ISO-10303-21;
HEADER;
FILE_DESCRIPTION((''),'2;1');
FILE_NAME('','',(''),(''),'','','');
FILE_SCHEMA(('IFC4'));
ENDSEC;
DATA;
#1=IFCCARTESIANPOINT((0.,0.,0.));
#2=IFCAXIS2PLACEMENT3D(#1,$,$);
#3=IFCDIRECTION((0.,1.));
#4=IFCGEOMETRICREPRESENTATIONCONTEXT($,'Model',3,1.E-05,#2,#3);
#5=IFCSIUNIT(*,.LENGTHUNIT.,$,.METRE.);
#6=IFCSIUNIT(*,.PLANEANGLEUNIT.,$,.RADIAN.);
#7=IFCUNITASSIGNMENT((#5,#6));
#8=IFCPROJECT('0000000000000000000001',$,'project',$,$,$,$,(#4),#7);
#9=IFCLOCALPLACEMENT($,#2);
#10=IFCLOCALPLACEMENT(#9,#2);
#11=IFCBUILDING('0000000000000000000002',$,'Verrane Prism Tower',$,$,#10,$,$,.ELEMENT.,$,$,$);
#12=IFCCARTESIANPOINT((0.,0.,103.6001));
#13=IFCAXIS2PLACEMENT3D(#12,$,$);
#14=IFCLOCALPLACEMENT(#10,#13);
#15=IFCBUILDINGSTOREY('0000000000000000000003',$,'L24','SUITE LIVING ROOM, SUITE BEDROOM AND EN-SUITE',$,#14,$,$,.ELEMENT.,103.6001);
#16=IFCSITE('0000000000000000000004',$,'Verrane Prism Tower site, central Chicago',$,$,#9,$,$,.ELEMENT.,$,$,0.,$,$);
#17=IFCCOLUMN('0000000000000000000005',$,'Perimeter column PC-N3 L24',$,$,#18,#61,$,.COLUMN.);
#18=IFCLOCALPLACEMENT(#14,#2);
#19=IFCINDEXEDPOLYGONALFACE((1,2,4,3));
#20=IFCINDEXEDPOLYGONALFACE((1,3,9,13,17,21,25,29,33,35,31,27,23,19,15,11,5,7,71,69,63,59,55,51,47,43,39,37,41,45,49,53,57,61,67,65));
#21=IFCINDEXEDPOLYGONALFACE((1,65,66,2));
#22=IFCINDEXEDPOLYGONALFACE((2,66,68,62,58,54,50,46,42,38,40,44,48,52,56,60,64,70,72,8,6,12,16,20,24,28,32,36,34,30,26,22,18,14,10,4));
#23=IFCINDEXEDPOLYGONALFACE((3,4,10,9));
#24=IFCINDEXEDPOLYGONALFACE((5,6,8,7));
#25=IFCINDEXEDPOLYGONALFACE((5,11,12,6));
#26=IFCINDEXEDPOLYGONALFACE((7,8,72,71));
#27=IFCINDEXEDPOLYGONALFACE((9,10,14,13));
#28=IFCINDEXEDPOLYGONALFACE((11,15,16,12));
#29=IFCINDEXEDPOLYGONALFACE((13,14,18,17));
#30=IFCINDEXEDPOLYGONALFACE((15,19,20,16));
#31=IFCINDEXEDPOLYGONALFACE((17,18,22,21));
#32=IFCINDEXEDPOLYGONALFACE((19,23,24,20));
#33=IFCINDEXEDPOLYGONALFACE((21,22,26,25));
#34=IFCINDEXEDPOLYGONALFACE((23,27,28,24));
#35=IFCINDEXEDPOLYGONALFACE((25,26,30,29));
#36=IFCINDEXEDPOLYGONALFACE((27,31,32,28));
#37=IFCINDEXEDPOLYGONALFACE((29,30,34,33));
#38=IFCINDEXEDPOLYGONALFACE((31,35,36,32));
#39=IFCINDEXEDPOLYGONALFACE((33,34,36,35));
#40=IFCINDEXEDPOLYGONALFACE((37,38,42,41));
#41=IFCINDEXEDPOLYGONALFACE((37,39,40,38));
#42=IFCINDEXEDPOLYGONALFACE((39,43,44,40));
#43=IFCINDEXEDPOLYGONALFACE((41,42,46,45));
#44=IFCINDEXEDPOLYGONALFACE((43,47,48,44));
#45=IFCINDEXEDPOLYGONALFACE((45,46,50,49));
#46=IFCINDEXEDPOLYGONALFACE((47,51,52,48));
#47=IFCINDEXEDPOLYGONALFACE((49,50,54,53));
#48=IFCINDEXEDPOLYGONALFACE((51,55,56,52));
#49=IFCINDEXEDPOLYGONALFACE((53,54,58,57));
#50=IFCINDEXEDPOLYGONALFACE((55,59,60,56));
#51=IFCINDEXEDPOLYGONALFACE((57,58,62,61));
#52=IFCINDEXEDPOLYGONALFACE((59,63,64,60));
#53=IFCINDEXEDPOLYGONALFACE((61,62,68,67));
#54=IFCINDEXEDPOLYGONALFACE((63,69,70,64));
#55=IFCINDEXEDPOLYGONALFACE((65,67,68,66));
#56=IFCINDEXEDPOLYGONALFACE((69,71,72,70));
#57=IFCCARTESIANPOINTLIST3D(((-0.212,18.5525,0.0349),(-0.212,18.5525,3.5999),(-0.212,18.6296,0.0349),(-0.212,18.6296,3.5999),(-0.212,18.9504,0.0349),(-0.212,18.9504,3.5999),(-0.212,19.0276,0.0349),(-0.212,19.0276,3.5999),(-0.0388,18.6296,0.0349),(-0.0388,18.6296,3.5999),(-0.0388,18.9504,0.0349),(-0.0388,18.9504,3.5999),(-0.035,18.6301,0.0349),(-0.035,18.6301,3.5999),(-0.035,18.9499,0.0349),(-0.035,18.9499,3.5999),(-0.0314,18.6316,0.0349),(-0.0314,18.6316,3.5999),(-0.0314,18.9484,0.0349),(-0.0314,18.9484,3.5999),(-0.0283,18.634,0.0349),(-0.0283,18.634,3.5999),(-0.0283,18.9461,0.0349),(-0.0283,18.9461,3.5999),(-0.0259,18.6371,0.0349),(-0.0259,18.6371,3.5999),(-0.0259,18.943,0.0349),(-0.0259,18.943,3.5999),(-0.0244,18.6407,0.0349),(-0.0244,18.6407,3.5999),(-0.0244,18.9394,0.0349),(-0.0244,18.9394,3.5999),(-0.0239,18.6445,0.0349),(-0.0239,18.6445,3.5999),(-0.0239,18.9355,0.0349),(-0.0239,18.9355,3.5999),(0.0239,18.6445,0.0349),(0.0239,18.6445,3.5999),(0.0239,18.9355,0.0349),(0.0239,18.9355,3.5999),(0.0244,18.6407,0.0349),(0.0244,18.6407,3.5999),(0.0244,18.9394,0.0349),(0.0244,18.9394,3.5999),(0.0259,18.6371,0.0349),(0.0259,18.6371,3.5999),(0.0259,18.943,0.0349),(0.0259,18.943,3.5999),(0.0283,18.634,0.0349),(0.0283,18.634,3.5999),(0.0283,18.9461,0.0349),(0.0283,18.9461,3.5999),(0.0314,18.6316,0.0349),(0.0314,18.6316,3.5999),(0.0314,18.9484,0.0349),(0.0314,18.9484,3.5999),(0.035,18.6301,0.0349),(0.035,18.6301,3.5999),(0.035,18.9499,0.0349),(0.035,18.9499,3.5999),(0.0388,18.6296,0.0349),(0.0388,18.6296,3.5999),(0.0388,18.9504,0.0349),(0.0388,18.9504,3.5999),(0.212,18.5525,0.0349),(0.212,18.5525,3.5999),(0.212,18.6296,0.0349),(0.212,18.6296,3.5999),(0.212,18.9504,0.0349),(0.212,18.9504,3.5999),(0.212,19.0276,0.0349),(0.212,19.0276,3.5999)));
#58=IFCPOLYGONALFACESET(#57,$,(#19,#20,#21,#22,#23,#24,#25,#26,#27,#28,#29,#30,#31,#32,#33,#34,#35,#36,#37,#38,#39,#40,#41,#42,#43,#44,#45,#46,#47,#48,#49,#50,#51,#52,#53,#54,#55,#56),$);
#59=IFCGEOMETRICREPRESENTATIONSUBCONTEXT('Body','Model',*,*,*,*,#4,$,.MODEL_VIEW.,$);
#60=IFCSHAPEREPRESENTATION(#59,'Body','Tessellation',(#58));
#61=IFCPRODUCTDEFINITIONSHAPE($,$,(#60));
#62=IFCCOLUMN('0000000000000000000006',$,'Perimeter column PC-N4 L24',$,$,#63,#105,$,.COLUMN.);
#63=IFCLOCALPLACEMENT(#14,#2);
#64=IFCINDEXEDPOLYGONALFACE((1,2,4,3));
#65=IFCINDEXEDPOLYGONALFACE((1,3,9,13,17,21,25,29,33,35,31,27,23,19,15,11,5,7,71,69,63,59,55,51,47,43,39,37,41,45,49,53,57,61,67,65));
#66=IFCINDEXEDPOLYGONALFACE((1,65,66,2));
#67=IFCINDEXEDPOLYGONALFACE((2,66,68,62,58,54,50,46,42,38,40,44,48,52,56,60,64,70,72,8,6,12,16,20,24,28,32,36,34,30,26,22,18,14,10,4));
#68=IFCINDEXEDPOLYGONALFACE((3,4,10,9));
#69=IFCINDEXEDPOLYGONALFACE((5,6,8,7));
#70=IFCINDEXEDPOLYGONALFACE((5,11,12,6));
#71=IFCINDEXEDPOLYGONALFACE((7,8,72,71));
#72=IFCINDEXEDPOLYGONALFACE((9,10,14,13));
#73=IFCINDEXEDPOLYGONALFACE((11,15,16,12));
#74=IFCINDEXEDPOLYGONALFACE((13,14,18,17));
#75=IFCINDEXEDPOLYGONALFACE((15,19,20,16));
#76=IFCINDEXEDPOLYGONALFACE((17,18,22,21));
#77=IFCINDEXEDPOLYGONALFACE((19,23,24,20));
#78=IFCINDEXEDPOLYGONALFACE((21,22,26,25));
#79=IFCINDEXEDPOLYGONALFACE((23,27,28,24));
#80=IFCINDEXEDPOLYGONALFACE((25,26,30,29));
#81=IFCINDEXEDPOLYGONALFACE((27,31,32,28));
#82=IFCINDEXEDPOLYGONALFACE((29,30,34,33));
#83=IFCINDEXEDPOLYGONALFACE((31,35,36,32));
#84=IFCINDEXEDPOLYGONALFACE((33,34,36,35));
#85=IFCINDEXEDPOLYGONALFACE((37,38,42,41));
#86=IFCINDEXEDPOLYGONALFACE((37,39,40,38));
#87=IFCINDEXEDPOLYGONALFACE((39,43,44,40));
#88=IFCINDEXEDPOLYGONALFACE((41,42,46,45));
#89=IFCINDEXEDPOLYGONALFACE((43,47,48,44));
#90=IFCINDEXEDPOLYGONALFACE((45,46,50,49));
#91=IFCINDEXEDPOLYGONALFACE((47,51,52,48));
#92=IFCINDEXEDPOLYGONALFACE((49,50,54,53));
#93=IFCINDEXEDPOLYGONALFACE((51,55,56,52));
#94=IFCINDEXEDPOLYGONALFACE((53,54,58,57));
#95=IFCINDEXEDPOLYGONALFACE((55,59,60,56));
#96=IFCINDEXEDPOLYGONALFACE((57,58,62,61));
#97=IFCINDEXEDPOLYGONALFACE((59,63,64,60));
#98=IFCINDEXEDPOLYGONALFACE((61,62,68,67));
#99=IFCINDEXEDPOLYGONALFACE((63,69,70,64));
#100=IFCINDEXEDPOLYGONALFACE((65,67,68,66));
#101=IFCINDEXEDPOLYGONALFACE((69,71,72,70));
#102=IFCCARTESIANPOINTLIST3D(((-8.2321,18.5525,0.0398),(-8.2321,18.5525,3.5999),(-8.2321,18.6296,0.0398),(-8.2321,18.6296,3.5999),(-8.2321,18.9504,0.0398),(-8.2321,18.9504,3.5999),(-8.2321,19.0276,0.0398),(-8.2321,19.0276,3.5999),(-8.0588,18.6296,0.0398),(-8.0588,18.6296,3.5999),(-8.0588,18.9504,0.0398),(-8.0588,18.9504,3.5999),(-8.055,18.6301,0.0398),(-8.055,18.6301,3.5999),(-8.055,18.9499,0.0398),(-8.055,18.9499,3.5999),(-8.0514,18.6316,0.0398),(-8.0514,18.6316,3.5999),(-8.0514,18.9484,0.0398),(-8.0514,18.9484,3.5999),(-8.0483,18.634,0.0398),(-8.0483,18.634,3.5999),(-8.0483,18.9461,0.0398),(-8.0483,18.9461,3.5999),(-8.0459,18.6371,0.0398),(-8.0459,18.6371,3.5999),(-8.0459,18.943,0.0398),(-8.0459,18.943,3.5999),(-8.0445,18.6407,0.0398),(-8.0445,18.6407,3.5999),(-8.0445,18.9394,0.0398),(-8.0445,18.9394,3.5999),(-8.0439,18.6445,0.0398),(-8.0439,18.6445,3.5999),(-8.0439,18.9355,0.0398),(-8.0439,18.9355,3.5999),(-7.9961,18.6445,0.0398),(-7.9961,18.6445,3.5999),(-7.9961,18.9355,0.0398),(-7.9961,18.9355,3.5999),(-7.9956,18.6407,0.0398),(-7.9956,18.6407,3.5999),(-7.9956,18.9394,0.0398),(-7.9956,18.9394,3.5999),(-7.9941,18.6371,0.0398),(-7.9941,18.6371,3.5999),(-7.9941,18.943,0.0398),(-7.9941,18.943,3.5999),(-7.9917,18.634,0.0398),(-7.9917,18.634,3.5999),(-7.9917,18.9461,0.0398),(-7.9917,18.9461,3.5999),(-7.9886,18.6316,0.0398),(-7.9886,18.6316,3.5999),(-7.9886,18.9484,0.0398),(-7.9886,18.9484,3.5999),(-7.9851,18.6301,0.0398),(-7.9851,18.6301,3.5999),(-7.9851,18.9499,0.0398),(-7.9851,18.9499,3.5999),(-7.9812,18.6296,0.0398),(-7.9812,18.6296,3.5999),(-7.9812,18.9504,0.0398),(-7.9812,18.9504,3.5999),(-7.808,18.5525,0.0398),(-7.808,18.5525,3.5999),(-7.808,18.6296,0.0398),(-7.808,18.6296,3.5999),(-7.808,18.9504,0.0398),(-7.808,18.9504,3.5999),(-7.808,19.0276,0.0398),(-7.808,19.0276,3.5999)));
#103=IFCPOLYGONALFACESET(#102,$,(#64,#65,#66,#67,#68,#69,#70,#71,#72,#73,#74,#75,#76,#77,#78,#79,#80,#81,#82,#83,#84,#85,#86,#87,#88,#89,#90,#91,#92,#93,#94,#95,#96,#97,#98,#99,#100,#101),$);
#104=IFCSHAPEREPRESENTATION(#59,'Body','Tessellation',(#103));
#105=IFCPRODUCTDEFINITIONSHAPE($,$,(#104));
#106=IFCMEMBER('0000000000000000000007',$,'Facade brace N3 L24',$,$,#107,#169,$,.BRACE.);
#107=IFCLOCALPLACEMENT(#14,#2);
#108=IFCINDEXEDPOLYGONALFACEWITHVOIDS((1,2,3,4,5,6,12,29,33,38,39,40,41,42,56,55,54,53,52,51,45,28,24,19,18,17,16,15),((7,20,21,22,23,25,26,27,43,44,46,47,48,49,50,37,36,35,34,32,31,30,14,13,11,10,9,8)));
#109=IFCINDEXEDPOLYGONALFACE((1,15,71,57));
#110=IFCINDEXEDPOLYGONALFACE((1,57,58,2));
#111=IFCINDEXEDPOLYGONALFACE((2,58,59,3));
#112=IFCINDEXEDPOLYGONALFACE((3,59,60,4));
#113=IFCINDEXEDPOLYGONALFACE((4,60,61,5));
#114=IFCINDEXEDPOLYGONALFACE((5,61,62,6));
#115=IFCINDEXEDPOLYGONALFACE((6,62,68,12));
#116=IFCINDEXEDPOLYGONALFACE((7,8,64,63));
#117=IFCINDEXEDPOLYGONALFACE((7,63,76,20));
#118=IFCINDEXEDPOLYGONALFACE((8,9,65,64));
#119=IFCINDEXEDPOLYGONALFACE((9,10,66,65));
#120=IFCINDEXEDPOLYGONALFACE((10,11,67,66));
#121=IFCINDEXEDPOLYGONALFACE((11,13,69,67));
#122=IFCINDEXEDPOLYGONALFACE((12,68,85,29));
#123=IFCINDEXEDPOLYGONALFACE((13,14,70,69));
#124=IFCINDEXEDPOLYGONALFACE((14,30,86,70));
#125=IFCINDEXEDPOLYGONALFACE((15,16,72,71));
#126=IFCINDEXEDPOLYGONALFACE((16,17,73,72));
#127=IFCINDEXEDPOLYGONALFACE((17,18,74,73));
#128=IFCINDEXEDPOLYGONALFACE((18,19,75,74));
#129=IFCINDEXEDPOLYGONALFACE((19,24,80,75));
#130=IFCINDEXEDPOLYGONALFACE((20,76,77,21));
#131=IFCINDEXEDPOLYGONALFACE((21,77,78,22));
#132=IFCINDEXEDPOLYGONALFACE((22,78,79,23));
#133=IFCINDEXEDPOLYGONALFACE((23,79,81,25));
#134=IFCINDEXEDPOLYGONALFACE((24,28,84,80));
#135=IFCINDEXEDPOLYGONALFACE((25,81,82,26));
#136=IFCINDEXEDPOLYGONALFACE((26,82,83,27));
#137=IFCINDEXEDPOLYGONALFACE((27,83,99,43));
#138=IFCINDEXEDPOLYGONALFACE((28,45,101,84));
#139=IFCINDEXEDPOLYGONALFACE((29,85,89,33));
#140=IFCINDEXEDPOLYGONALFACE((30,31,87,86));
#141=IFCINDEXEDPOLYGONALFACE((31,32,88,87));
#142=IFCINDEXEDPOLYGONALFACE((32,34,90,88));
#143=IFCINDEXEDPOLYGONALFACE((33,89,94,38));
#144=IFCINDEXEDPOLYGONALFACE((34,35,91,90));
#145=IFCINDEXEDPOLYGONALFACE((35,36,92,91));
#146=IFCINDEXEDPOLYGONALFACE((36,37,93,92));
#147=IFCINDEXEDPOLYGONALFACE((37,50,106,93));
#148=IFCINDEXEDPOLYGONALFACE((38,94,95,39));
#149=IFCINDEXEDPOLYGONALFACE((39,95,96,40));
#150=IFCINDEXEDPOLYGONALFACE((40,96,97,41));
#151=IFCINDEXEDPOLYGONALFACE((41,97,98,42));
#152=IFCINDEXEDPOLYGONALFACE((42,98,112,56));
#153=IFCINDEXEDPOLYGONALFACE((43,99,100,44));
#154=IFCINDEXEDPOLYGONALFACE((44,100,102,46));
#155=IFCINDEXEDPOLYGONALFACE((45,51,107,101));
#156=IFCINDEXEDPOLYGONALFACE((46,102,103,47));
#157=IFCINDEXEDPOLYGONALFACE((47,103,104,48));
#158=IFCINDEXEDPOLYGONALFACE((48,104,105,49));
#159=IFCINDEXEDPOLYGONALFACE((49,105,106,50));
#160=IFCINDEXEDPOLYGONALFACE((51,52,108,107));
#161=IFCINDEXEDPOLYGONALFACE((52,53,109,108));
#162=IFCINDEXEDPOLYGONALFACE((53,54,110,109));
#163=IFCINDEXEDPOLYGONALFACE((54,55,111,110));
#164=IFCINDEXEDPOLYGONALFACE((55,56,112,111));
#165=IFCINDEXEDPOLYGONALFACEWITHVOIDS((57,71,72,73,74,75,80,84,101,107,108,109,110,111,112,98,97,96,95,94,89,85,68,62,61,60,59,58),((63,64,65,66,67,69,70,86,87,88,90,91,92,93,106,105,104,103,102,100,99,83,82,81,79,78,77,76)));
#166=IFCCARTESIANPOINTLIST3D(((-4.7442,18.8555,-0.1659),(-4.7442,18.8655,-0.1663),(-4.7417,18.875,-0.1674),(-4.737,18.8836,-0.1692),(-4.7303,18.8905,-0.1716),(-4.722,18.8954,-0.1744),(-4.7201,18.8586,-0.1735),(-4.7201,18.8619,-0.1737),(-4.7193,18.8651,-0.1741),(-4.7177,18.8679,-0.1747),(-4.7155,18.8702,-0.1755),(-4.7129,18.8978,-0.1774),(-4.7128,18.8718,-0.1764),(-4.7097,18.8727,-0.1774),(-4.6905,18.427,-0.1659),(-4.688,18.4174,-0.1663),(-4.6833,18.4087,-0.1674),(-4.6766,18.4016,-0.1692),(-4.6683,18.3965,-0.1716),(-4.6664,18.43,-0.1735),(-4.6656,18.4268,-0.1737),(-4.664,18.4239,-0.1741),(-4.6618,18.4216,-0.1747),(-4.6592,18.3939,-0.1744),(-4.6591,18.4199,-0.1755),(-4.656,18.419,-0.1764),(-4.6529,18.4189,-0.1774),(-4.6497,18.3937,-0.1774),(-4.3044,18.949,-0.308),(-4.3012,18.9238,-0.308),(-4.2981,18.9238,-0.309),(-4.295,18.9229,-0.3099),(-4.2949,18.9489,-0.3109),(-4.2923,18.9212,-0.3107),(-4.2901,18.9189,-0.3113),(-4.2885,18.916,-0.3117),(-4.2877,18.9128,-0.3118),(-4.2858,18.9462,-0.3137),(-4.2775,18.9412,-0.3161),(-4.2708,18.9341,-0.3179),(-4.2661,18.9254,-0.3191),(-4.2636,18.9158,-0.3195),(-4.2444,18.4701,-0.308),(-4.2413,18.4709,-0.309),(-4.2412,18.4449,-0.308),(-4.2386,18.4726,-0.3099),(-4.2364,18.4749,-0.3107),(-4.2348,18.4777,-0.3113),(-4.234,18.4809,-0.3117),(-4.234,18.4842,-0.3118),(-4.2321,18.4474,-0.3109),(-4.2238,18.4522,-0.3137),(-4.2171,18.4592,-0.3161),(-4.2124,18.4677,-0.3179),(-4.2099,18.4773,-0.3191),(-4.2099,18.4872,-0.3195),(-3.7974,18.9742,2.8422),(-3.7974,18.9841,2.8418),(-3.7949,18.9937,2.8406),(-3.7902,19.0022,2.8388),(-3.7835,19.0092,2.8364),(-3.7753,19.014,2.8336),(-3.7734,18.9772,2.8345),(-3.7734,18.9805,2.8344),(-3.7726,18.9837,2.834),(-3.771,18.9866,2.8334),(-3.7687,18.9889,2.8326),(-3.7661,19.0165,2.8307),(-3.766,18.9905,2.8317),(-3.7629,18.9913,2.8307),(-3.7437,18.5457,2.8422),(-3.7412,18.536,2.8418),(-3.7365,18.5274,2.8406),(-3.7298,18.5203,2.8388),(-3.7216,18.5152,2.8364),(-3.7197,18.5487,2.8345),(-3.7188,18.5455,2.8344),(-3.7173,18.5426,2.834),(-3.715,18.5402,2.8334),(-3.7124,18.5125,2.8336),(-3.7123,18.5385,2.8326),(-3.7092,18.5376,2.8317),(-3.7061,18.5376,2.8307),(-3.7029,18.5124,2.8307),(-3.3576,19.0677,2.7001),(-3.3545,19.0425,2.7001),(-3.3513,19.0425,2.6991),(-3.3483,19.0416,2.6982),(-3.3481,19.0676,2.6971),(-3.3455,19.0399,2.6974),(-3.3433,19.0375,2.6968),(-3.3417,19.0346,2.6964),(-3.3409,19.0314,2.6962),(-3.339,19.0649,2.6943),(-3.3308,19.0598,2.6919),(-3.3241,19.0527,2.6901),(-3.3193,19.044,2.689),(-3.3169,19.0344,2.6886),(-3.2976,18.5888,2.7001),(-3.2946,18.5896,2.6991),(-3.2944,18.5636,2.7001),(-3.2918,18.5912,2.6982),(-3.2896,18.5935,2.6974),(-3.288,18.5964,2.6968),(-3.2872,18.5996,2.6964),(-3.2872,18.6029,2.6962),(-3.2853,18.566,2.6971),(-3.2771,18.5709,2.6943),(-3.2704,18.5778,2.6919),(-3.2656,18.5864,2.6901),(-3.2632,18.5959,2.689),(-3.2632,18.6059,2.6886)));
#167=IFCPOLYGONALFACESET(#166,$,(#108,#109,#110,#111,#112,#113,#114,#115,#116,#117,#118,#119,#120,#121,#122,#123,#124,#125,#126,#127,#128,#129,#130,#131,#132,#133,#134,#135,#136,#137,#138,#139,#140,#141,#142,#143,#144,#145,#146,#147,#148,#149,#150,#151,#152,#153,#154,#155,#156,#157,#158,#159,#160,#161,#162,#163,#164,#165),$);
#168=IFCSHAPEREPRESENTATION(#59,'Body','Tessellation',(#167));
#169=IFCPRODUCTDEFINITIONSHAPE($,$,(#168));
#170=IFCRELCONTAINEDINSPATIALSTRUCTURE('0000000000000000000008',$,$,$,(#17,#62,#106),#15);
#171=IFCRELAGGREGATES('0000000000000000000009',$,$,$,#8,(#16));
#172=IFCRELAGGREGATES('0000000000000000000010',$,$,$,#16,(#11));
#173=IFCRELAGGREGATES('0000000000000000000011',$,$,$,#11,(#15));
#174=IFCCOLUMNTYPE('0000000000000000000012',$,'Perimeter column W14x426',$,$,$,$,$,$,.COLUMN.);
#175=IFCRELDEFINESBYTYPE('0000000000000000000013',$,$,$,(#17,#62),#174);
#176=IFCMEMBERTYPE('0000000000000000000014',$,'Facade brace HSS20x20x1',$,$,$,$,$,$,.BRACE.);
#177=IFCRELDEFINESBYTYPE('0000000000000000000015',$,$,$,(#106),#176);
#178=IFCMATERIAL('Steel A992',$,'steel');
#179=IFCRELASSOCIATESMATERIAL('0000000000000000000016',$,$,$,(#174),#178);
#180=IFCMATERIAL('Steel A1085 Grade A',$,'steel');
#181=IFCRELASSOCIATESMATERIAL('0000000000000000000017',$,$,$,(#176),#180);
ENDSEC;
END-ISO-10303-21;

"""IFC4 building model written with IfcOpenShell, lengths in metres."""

from ifc_helpers import new_model, si_unit, direction, frame, origin, origin_2d, place, context, subcontext, project, spatial, hollow_rectangle, i_section, extrude, material, material_profile, profile_set, type_object, element, save


model = new_model("IFC4")

# Units and contexts
model_context = context("Model", 3, precision=1e-05, world=origin(), true_north=direction((0.0, 1.0)))
body_context = subcontext(model_context, "Body", "Model", "MODEL_VIEW")
ifc_project = project(units=[si_unit("LENGTHUNIT", "METRE"), si_unit("PLANEANGLEUNIT", "RADIAN")], contexts=[model_context])

# Site, building, storey
site_placement = place(None, origin())
site = spatial("IfcSite", under=ifc_project, at=site_placement, Name="Verrane Prism Tower site, central Chicago", CompositionType="ELEMENT", RefElevation=0.0)
building_placement = place(site_placement, origin())
building = spatial("IfcBuilding", under=site, at=building_placement, Name="Verrane Prism Tower", CompositionType="ELEMENT")
storey_placement = place(building_placement, frame((0.0, 0.0, 103.6001)))
storey = spatial("IfcBuildingStorey", under=building, at=storey_placement, Name="L24", Description="SUITE LIVING ROOM, SUITE BEDROOM AND EN-SUITE", CompositionType="ELEMENT", Elevation=103.6001)

# Columns
ifc_material_1 = material(Name="Steel A992", Category="steel")
ifc_material_profile_1 = material_profile(ifc_material_1, i_section(OverallWidth=0.4241, OverallDepth=0.4751, WebThickness=0.0479, FlangeThickness=0.0771, FilletRadius=0.0149, at=origin_2d()), Name="W14x426")
ifc_profile_set_1 = profile_set([ifc_material_profile_1], Name="Steel A992")
column_type = type_object("IfcColumnType", Name="Perimeter column W14x426", PredefinedType="COLUMN", material=ifc_profile_set_1)
column_1_placement = place(storey_placement, frame((0.0, 18.79, 0.0349), z_axis=(0.0, 0.0, 1.0), x_axis=(1.0, 0.0, 0.0)))
element("IfcColumn", 1, at=column_1_placement, inside=storey, type_object=column_type, Name="Perimeter column PC-N3 L24", PredefinedType="COLUMN", context=body_context, shape_type="SweptSolid", body=[
    extrude(i_section(OverallWidth=0.4241, OverallDepth=0.4751, WebThickness=0.0479, FlangeThickness=0.0771, FilletRadius=0.0149, at=origin_2d()), origin(), (0.0, 0.0, 1.0), 3.5649),
])
column_2_placement = place(storey_placement, frame((-8.02, 18.79, 0.0398), z_axis=(0.0, 0.0, 1.0), x_axis=(1.0, 0.0, 0.0)))
element("IfcColumn", 2, at=column_2_placement, inside=storey, type_object=column_type, Name="Perimeter column PC-N4 L24", PredefinedType="COLUMN", context=body_context, shape_type="SweptSolid", body=[
    extrude(i_section(OverallWidth=0.4241, OverallDepth=0.4751, WebThickness=0.0479, FlangeThickness=0.0771, FilletRadius=0.0149, at=origin_2d()), origin(), (0.0, 0.0, 1.0), 3.5601),
])

# Member
ifc_material_2 = material(Name="Steel A1085 Grade A", Category="steel")
ifc_material_profile_2 = material_profile(ifc_material_2, hollow_rectangle(XDim=0.5081, YDim=0.5081, WallThickness=0.0254, InnerFilletRadius=0.0127, OuterFilletRadius=0.0381, at=origin_2d()), Name="HSS20x20x1")
ifc_profile_set_2 = profile_set([ifc_material_profile_2], Name="Steel A1085 Grade A")
member_type_1 = type_object("IfcMemberType", Name="Facade brace HSS20x20x1", PredefinedType="BRACE", material=ifc_profile_set_2)
member_1_placement = place(storey_placement, frame((-4.4771, 18.6714, -0.2427), z_axis=(0.300015, 0.037599, 0.953193), x_axis=(-0.12435, 0.992238, 0.0)))
element("IfcMember", 3, at=member_1_placement, inside=storey, type_object=member_type_1, Name="Facade brace N3 L24", PredefinedType="BRACE", context=body_context, shape_type="SweptSolid", body=[
    extrude(hollow_rectangle(XDim=0.5081, YDim=0.5081, WallThickness=0.0254, InnerFilletRadius=0.0127, OuterFilletRadius=0.0381, at=origin_2d()), origin(), (0.0, 0.0, 1.0), 3.1558),
])

save(model, "model.ifc")
